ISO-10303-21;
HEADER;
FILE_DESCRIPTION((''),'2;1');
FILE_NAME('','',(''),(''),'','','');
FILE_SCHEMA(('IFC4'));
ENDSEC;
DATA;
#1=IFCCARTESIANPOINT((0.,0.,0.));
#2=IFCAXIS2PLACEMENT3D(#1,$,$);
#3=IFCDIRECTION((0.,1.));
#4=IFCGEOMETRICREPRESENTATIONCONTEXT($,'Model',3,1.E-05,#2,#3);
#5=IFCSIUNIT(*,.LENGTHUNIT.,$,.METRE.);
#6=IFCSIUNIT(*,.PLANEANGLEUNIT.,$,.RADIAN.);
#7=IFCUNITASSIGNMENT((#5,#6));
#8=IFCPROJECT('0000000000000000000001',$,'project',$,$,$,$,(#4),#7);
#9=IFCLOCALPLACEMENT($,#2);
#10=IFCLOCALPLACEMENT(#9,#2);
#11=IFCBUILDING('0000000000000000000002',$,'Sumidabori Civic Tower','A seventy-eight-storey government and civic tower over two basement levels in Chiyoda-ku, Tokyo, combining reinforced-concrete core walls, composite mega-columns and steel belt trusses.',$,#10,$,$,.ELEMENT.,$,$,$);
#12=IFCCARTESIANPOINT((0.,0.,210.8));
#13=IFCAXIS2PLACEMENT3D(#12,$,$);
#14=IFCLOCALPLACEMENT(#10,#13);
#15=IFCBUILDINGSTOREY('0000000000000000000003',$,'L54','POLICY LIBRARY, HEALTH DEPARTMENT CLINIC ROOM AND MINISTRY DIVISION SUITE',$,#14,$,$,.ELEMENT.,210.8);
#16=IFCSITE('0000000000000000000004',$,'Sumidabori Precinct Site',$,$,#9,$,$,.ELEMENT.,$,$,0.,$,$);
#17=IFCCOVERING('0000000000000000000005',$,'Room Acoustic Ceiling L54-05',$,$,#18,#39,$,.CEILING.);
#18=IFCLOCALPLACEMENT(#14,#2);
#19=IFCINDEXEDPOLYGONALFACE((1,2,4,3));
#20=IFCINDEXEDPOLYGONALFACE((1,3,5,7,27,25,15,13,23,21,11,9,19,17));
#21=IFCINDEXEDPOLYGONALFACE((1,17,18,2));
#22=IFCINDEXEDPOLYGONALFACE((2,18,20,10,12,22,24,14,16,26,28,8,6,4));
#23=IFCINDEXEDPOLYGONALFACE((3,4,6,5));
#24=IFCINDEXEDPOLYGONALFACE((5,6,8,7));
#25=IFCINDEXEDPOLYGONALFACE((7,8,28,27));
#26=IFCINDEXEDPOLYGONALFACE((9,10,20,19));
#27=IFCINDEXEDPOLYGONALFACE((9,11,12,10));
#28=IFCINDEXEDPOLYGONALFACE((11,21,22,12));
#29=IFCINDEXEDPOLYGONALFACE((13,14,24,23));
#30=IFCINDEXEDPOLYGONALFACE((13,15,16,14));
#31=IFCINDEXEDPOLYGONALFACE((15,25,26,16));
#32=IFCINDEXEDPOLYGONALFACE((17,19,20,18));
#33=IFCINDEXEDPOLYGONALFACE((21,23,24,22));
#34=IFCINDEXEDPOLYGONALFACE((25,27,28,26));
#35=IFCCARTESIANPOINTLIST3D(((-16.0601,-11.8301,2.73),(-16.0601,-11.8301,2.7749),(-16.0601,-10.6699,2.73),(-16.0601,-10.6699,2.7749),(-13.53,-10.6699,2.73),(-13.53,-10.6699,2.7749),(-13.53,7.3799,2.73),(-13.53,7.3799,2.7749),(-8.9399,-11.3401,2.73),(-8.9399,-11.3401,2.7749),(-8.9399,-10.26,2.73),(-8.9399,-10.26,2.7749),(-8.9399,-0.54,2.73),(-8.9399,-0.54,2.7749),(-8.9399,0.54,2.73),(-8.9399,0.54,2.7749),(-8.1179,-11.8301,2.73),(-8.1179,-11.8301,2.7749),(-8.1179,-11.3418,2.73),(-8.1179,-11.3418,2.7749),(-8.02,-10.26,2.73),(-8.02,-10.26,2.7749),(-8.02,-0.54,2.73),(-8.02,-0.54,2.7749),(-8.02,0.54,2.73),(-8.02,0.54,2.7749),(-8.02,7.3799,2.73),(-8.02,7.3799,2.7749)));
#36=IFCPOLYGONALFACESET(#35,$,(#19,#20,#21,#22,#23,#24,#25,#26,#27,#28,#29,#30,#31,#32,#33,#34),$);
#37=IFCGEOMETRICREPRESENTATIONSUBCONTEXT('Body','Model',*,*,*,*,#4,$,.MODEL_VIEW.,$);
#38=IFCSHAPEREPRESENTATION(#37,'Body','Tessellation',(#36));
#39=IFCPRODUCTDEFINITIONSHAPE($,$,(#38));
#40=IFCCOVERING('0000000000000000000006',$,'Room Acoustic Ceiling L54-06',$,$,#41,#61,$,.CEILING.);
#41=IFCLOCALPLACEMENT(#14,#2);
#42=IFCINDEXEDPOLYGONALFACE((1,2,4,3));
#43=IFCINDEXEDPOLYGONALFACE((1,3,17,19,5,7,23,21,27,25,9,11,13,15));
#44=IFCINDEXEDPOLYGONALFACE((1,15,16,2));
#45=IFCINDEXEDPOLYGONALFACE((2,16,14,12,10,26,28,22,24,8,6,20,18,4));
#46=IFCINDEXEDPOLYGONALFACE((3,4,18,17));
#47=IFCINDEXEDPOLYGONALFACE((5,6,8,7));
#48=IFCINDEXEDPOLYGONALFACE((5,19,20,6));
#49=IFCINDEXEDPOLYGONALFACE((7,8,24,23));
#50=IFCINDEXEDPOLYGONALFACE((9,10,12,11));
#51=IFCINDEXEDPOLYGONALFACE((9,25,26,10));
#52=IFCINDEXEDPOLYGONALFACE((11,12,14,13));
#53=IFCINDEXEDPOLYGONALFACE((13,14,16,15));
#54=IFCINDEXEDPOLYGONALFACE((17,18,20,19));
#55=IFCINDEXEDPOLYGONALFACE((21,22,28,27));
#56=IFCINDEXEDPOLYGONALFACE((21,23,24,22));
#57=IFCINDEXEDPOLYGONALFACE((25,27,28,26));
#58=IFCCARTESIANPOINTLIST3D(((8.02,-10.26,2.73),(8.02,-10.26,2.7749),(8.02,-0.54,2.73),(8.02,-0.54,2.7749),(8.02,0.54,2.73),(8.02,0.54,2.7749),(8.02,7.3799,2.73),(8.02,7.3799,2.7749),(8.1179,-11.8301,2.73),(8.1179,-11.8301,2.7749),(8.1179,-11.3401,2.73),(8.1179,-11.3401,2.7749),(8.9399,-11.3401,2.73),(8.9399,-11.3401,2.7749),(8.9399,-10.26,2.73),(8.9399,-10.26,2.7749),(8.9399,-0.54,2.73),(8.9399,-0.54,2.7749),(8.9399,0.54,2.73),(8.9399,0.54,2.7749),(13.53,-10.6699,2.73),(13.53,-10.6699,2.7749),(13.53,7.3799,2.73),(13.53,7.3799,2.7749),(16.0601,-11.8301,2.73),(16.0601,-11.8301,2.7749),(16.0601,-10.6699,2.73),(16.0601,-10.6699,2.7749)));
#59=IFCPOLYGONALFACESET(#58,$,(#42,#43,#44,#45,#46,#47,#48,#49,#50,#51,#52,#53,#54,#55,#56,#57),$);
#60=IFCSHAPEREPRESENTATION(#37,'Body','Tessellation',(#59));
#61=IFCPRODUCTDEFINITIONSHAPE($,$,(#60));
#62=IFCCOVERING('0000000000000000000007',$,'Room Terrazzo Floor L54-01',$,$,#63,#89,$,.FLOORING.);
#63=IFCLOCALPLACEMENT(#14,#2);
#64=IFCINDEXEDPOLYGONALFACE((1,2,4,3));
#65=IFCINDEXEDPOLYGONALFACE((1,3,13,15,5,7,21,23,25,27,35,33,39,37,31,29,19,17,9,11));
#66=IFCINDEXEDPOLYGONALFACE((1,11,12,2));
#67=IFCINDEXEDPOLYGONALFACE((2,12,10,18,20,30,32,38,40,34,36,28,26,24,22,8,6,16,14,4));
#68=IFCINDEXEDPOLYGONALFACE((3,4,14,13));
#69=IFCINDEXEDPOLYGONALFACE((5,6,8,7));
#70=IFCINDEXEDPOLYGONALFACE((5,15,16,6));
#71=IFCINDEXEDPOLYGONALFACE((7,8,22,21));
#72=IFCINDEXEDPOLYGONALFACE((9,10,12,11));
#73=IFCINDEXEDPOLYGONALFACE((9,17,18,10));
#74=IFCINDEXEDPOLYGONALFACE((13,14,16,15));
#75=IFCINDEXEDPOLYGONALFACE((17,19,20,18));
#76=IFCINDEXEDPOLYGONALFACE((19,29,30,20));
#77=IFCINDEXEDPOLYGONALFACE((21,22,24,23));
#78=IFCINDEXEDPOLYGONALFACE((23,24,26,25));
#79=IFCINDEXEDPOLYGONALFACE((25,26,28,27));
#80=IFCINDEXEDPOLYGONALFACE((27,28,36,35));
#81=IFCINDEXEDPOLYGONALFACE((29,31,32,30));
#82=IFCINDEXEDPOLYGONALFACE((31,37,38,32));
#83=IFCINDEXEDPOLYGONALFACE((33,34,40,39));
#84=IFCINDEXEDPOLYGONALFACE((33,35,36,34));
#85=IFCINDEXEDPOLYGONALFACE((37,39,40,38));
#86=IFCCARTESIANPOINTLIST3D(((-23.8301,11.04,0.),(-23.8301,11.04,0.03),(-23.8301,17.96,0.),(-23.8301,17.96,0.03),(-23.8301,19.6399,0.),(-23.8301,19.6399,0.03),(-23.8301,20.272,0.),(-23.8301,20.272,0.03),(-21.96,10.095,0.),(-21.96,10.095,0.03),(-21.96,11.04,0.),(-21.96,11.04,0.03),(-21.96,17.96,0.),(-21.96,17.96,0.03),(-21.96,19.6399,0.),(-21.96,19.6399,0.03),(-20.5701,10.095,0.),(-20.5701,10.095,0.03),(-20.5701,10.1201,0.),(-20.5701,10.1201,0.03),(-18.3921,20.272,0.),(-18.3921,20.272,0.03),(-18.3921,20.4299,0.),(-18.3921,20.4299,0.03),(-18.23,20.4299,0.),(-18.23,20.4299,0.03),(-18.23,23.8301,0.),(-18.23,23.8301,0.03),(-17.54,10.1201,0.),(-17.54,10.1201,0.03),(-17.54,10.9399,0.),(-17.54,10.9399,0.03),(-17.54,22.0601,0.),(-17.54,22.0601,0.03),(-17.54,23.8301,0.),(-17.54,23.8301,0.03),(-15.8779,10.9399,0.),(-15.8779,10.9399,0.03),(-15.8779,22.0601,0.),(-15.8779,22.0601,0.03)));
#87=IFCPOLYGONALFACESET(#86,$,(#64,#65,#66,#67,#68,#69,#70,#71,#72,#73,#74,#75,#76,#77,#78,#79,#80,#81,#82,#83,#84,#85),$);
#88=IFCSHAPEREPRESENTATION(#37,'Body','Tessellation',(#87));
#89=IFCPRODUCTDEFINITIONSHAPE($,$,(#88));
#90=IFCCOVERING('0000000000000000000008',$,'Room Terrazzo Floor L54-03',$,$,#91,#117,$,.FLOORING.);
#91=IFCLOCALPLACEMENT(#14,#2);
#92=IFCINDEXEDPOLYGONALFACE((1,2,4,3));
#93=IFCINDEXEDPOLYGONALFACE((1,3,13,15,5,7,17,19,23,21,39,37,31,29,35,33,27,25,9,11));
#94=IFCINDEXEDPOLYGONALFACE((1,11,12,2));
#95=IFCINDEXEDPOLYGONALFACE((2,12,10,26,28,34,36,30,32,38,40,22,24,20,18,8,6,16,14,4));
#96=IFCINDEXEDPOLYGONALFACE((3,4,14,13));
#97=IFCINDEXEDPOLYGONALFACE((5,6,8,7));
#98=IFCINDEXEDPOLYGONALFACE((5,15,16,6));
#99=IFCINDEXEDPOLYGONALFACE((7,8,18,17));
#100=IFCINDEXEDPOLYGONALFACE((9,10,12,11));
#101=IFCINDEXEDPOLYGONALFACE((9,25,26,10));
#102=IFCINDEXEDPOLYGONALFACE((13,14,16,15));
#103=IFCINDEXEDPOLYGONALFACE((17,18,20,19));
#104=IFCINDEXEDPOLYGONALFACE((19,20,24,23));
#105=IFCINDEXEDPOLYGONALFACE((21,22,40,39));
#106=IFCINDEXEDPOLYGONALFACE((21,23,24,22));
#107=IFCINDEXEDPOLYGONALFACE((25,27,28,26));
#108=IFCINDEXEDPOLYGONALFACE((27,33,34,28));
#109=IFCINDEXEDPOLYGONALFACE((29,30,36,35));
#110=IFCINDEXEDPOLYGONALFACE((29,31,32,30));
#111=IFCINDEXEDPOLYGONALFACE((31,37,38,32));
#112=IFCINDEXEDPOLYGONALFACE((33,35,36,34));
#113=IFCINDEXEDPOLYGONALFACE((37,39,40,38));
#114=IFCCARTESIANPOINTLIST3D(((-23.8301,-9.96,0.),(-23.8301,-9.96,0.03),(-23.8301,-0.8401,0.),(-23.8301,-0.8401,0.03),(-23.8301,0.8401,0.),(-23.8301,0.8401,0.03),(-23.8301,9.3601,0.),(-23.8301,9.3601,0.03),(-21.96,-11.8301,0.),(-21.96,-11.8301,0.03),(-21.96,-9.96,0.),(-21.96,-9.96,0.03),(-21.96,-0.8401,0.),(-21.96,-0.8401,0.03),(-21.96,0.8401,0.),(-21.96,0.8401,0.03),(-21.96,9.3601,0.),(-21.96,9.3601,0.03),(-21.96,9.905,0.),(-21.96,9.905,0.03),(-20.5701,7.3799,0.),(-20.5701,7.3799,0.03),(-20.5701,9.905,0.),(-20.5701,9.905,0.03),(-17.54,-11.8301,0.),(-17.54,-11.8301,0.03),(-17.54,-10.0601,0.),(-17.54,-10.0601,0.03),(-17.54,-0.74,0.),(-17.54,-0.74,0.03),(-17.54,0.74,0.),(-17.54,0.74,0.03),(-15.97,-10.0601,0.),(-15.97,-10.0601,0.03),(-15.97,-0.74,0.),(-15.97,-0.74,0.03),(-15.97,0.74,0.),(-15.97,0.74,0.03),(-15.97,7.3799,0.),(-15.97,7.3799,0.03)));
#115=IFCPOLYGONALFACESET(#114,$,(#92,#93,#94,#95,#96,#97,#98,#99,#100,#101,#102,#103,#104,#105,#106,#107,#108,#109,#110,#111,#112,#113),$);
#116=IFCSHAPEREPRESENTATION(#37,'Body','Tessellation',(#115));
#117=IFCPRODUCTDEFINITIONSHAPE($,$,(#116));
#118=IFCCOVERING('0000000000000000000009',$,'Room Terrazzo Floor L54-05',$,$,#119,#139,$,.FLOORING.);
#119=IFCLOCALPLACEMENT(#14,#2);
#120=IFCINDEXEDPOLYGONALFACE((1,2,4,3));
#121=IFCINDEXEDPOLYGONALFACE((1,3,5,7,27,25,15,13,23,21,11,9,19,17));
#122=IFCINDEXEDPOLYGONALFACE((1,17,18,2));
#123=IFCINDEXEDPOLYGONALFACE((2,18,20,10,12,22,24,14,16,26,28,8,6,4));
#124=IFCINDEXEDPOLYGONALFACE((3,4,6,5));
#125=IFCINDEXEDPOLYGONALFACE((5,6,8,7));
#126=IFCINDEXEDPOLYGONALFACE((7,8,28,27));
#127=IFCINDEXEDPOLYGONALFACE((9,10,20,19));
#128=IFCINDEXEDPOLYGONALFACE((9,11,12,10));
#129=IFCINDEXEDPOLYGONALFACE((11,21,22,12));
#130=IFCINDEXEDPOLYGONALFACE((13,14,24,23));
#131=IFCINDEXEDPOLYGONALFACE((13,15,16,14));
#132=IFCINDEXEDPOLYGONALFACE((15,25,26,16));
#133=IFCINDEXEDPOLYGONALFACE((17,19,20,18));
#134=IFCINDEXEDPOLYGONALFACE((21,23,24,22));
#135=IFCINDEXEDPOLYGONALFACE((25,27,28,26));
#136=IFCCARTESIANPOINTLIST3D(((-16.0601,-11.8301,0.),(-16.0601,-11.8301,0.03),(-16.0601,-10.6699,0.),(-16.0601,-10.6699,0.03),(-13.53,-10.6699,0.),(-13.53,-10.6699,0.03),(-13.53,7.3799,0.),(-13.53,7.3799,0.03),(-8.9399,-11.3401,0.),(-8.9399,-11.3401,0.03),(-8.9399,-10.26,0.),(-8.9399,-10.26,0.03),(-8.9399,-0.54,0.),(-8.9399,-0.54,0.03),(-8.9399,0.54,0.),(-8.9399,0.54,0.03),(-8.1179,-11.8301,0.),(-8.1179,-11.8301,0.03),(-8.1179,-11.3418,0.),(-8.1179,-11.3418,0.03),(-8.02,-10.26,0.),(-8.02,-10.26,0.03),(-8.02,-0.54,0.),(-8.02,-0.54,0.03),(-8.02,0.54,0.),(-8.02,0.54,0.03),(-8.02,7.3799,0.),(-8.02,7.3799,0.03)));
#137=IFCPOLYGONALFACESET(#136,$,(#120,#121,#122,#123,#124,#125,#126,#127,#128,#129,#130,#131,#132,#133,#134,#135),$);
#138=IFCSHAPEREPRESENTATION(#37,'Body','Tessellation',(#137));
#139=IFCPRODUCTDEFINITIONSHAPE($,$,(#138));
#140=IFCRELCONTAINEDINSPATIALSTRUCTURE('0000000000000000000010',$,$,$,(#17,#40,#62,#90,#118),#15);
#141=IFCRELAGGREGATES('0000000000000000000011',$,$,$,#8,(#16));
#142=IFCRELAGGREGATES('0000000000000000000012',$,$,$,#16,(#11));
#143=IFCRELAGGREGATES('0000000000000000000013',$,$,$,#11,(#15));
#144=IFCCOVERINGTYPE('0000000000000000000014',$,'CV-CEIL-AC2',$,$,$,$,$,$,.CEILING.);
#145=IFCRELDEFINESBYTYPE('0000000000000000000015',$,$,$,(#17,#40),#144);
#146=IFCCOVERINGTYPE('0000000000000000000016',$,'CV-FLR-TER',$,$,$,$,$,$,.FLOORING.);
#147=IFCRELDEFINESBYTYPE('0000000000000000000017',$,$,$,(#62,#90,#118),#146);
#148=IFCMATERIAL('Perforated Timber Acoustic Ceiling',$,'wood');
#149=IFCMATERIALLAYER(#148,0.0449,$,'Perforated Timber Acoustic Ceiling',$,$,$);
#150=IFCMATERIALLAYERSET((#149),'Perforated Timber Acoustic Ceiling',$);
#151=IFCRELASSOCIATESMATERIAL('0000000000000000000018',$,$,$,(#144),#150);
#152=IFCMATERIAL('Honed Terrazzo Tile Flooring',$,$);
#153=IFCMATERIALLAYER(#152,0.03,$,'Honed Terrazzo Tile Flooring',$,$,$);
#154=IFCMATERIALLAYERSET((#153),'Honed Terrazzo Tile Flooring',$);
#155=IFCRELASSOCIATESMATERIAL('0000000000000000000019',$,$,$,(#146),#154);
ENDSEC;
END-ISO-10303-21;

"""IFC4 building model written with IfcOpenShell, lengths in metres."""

from ifc_helpers import new_model, si_unit, direction, frame, origin, place, context, subcontext, project, spatial, polyline, outline, extrude, material, layer, layer_set, type_object, element, save


model = new_model("IFC4")

# Units and contexts
model_context = context("Model", 3, precision=1e-05, world=origin(), true_north=direction((0.0, 1.0)))
body_context = subcontext(model_context, "Body", "Model", "MODEL_VIEW")
ifc_project = project(units=[si_unit("LENGTHUNIT", "METRE"), si_unit("PLANEANGLEUNIT", "RADIAN")], contexts=[model_context])

# Site, building, storey
site_placement = place(None, origin())
site = spatial("IfcSite", under=ifc_project, at=site_placement, Name="Sumidabori Precinct Site", CompositionType="ELEMENT", RefElevation=0.0)
building_placement = place(site_placement, origin())
building = spatial("IfcBuilding", under=site, at=building_placement, Name="Sumidabori Civic Tower", Description="A seventy-eight-storey government and civic tower over two basement levels in Chiyoda-ku, Tokyo, combining reinforced-concrete core walls, composite mega-columns and steel belt trusses.", CompositionType="ELEMENT")
storey_placement = place(building_placement, frame((0.0, 0.0, 210.8)))
storey = spatial("IfcBuildingStorey", under=building, at=storey_placement, Name="L54", Description="POLICY LIBRARY, HEALTH DEPARTMENT CLINIC ROOM AND MINISTRY DIVISION SUITE", CompositionType="ELEMENT", Elevation=210.8)

# Coverings
ifc_material_1 = material(Name="Perforated Timber Acoustic Ceiling", Category="wood")
ifc_layer_1 = layer(ifc_material_1, 0.0449, Name="Perforated Timber Acoustic Ceiling")
ifc_layer_set_1 = layer_set([ifc_layer_1], Name="Perforated Timber Acoustic Ceiling")
covering_type_1 = type_object("IfcCoveringType", Name="CV-CEIL-AC2", PredefinedType="CEILING", material=ifc_layer_set_1)
covering_1_placement = place(storey_placement, frame((0.0, 0.0, 2.73)))
element("IfcCovering", 1, at=covering_1_placement, inside=storey, type_object=covering_type_1, Name="Room Acoustic Ceiling L54-05", PredefinedType="CEILING", context=body_context, shape_type="SweptSolid", body=[
    extrude(outline(polyline([(-16.0601, -10.6699), (-13.53, -10.6699), (-13.53, 7.3799), (-8.02, 7.3799), (-8.02, 0.54), (-8.9399, 0.54), (-8.9399, -0.54), (-8.02, -0.54), (-8.02, -10.26), (-8.9399, -10.26), (-8.9399, -11.3401), (-8.1179, -11.3418), (-8.1179, -11.8301), (-16.0601, -11.8301), (-16.0601, -10.6699)])), origin(), (0.0, 0.0, 1.0), 0.0449),
])
covering_2_placement = place(storey_placement, frame((0.0, 0.0, 2.73)))
element("IfcCovering", 2, at=covering_2_placement, inside=storey, type_object=covering_type_1, Name="Room Acoustic Ceiling L54-06", PredefinedType="CEILING", context=body_context, shape_type="SweptSolid", body=[
    extrude(outline(polyline([(8.9399, -11.3401), (8.9399, -10.26), (8.02, -10.26), (8.02, -0.54), (8.9399, -0.54), (8.9399, 0.54), (8.02, 0.54), (8.02, 7.3799), (13.53, 7.3799), (13.53, -10.6699), (16.0601, -10.6699), (16.0601, -11.8301), (8.1179, -11.8301), (8.1179, -11.3401), (8.9399, -11.3401)])), origin(), (0.0, 0.0, 1.0), 0.0449),
])
ifc_material_2 = material(Name="Honed Terrazzo Tile Flooring")
ifc_layer_2 = layer(ifc_material_2, 0.03, Name="Honed Terrazzo Tile Flooring")
ifc_layer_set_2 = layer_set([ifc_layer_2], Name="Honed Terrazzo Tile Flooring")
covering_type_2 = type_object("IfcCoveringType", Name="CV-FLR-TER", PredefinedType="FLOORING", material=ifc_layer_set_2)
covering_3_placement = place(storey_placement, origin())
element("IfcCovering", 3, at=covering_3_placement, inside=storey, type_object=covering_type_2, Name="Room Terrazzo Floor L54-01", PredefinedType="FLOORING", context=body_context, shape_type="SweptSolid", body=[
    extrude(outline(polyline([(-23.8301, 17.96), (-21.96, 17.96), (-21.96, 19.6399), (-23.8301, 19.6399), (-23.8301, 20.272), (-18.3921, 20.272), (-18.3921, 20.4299), (-18.23, 20.4299), (-18.23, 23.8301), (-17.54, 23.8301), (-17.54, 22.0601), (-15.8779, 22.0601), (-15.8779, 10.9399), (-17.54, 10.9399), (-17.54, 10.1201), (-20.5701, 10.1201), (-20.5701, 10.095), (-21.96, 10.095), (-21.96, 11.04), (-23.8301, 11.04), (-23.8301, 17.96)])), origin(), (0.0, 0.0, 1.0), 0.03),
])
covering_4_placement = place(storey_placement, origin())
element("IfcCovering", 4, at=covering_4_placement, inside=storey, type_object=covering_type_2, Name="Room Terrazzo Floor L54-03", PredefinedType="FLOORING", context=body_context, shape_type="SweptSolid", body=[
    extrude(outline(polyline([(-23.8301, -0.8401), (-21.96, -0.8401), (-21.96, 0.8401), (-23.8301, 0.8401), (-23.8301, 9.3601), (-21.96, 9.3601), (-21.96, 9.905), (-20.5701, 9.905), (-20.5701, 7.3799), (-15.97, 7.3799), (-15.97, 0.74), (-17.54, 0.74), (-17.54, -0.74), (-15.97, -0.74), (-15.97, -10.0601), (-17.54, -10.0601), (-17.54, -11.8301), (-21.96, -11.8301), (-21.96, -9.96), (-23.8301, -9.96), (-23.8301, -0.8401)])), origin(), (0.0, 0.0, 1.0), 0.03),
])
covering_5_placement = place(storey_placement, origin())
element("IfcCovering", 5, at=covering_5_placement, inside=storey, type_object=covering_type_2, Name="Room Terrazzo Floor L54-05", PredefinedType="FLOORING", context=body_context, shape_type="SweptSolid", body=[
    extrude(outline(polyline([(-16.0601, -10.6699), (-13.53, -10.6699), (-13.53, 7.3799), (-8.02, 7.3799), (-8.02, 0.54), (-8.9399, 0.54), (-8.9399, -0.54), (-8.02, -0.54), (-8.02, -10.26), (-8.9399, -10.26), (-8.9399, -11.3401), (-8.1179, -11.3418), (-8.1179, -11.8301), (-16.0601, -11.8301), (-16.0601, -10.6699)])), origin(), (0.0, 0.0, 1.0), 0.03),
])

save(model, "model.ifc")
